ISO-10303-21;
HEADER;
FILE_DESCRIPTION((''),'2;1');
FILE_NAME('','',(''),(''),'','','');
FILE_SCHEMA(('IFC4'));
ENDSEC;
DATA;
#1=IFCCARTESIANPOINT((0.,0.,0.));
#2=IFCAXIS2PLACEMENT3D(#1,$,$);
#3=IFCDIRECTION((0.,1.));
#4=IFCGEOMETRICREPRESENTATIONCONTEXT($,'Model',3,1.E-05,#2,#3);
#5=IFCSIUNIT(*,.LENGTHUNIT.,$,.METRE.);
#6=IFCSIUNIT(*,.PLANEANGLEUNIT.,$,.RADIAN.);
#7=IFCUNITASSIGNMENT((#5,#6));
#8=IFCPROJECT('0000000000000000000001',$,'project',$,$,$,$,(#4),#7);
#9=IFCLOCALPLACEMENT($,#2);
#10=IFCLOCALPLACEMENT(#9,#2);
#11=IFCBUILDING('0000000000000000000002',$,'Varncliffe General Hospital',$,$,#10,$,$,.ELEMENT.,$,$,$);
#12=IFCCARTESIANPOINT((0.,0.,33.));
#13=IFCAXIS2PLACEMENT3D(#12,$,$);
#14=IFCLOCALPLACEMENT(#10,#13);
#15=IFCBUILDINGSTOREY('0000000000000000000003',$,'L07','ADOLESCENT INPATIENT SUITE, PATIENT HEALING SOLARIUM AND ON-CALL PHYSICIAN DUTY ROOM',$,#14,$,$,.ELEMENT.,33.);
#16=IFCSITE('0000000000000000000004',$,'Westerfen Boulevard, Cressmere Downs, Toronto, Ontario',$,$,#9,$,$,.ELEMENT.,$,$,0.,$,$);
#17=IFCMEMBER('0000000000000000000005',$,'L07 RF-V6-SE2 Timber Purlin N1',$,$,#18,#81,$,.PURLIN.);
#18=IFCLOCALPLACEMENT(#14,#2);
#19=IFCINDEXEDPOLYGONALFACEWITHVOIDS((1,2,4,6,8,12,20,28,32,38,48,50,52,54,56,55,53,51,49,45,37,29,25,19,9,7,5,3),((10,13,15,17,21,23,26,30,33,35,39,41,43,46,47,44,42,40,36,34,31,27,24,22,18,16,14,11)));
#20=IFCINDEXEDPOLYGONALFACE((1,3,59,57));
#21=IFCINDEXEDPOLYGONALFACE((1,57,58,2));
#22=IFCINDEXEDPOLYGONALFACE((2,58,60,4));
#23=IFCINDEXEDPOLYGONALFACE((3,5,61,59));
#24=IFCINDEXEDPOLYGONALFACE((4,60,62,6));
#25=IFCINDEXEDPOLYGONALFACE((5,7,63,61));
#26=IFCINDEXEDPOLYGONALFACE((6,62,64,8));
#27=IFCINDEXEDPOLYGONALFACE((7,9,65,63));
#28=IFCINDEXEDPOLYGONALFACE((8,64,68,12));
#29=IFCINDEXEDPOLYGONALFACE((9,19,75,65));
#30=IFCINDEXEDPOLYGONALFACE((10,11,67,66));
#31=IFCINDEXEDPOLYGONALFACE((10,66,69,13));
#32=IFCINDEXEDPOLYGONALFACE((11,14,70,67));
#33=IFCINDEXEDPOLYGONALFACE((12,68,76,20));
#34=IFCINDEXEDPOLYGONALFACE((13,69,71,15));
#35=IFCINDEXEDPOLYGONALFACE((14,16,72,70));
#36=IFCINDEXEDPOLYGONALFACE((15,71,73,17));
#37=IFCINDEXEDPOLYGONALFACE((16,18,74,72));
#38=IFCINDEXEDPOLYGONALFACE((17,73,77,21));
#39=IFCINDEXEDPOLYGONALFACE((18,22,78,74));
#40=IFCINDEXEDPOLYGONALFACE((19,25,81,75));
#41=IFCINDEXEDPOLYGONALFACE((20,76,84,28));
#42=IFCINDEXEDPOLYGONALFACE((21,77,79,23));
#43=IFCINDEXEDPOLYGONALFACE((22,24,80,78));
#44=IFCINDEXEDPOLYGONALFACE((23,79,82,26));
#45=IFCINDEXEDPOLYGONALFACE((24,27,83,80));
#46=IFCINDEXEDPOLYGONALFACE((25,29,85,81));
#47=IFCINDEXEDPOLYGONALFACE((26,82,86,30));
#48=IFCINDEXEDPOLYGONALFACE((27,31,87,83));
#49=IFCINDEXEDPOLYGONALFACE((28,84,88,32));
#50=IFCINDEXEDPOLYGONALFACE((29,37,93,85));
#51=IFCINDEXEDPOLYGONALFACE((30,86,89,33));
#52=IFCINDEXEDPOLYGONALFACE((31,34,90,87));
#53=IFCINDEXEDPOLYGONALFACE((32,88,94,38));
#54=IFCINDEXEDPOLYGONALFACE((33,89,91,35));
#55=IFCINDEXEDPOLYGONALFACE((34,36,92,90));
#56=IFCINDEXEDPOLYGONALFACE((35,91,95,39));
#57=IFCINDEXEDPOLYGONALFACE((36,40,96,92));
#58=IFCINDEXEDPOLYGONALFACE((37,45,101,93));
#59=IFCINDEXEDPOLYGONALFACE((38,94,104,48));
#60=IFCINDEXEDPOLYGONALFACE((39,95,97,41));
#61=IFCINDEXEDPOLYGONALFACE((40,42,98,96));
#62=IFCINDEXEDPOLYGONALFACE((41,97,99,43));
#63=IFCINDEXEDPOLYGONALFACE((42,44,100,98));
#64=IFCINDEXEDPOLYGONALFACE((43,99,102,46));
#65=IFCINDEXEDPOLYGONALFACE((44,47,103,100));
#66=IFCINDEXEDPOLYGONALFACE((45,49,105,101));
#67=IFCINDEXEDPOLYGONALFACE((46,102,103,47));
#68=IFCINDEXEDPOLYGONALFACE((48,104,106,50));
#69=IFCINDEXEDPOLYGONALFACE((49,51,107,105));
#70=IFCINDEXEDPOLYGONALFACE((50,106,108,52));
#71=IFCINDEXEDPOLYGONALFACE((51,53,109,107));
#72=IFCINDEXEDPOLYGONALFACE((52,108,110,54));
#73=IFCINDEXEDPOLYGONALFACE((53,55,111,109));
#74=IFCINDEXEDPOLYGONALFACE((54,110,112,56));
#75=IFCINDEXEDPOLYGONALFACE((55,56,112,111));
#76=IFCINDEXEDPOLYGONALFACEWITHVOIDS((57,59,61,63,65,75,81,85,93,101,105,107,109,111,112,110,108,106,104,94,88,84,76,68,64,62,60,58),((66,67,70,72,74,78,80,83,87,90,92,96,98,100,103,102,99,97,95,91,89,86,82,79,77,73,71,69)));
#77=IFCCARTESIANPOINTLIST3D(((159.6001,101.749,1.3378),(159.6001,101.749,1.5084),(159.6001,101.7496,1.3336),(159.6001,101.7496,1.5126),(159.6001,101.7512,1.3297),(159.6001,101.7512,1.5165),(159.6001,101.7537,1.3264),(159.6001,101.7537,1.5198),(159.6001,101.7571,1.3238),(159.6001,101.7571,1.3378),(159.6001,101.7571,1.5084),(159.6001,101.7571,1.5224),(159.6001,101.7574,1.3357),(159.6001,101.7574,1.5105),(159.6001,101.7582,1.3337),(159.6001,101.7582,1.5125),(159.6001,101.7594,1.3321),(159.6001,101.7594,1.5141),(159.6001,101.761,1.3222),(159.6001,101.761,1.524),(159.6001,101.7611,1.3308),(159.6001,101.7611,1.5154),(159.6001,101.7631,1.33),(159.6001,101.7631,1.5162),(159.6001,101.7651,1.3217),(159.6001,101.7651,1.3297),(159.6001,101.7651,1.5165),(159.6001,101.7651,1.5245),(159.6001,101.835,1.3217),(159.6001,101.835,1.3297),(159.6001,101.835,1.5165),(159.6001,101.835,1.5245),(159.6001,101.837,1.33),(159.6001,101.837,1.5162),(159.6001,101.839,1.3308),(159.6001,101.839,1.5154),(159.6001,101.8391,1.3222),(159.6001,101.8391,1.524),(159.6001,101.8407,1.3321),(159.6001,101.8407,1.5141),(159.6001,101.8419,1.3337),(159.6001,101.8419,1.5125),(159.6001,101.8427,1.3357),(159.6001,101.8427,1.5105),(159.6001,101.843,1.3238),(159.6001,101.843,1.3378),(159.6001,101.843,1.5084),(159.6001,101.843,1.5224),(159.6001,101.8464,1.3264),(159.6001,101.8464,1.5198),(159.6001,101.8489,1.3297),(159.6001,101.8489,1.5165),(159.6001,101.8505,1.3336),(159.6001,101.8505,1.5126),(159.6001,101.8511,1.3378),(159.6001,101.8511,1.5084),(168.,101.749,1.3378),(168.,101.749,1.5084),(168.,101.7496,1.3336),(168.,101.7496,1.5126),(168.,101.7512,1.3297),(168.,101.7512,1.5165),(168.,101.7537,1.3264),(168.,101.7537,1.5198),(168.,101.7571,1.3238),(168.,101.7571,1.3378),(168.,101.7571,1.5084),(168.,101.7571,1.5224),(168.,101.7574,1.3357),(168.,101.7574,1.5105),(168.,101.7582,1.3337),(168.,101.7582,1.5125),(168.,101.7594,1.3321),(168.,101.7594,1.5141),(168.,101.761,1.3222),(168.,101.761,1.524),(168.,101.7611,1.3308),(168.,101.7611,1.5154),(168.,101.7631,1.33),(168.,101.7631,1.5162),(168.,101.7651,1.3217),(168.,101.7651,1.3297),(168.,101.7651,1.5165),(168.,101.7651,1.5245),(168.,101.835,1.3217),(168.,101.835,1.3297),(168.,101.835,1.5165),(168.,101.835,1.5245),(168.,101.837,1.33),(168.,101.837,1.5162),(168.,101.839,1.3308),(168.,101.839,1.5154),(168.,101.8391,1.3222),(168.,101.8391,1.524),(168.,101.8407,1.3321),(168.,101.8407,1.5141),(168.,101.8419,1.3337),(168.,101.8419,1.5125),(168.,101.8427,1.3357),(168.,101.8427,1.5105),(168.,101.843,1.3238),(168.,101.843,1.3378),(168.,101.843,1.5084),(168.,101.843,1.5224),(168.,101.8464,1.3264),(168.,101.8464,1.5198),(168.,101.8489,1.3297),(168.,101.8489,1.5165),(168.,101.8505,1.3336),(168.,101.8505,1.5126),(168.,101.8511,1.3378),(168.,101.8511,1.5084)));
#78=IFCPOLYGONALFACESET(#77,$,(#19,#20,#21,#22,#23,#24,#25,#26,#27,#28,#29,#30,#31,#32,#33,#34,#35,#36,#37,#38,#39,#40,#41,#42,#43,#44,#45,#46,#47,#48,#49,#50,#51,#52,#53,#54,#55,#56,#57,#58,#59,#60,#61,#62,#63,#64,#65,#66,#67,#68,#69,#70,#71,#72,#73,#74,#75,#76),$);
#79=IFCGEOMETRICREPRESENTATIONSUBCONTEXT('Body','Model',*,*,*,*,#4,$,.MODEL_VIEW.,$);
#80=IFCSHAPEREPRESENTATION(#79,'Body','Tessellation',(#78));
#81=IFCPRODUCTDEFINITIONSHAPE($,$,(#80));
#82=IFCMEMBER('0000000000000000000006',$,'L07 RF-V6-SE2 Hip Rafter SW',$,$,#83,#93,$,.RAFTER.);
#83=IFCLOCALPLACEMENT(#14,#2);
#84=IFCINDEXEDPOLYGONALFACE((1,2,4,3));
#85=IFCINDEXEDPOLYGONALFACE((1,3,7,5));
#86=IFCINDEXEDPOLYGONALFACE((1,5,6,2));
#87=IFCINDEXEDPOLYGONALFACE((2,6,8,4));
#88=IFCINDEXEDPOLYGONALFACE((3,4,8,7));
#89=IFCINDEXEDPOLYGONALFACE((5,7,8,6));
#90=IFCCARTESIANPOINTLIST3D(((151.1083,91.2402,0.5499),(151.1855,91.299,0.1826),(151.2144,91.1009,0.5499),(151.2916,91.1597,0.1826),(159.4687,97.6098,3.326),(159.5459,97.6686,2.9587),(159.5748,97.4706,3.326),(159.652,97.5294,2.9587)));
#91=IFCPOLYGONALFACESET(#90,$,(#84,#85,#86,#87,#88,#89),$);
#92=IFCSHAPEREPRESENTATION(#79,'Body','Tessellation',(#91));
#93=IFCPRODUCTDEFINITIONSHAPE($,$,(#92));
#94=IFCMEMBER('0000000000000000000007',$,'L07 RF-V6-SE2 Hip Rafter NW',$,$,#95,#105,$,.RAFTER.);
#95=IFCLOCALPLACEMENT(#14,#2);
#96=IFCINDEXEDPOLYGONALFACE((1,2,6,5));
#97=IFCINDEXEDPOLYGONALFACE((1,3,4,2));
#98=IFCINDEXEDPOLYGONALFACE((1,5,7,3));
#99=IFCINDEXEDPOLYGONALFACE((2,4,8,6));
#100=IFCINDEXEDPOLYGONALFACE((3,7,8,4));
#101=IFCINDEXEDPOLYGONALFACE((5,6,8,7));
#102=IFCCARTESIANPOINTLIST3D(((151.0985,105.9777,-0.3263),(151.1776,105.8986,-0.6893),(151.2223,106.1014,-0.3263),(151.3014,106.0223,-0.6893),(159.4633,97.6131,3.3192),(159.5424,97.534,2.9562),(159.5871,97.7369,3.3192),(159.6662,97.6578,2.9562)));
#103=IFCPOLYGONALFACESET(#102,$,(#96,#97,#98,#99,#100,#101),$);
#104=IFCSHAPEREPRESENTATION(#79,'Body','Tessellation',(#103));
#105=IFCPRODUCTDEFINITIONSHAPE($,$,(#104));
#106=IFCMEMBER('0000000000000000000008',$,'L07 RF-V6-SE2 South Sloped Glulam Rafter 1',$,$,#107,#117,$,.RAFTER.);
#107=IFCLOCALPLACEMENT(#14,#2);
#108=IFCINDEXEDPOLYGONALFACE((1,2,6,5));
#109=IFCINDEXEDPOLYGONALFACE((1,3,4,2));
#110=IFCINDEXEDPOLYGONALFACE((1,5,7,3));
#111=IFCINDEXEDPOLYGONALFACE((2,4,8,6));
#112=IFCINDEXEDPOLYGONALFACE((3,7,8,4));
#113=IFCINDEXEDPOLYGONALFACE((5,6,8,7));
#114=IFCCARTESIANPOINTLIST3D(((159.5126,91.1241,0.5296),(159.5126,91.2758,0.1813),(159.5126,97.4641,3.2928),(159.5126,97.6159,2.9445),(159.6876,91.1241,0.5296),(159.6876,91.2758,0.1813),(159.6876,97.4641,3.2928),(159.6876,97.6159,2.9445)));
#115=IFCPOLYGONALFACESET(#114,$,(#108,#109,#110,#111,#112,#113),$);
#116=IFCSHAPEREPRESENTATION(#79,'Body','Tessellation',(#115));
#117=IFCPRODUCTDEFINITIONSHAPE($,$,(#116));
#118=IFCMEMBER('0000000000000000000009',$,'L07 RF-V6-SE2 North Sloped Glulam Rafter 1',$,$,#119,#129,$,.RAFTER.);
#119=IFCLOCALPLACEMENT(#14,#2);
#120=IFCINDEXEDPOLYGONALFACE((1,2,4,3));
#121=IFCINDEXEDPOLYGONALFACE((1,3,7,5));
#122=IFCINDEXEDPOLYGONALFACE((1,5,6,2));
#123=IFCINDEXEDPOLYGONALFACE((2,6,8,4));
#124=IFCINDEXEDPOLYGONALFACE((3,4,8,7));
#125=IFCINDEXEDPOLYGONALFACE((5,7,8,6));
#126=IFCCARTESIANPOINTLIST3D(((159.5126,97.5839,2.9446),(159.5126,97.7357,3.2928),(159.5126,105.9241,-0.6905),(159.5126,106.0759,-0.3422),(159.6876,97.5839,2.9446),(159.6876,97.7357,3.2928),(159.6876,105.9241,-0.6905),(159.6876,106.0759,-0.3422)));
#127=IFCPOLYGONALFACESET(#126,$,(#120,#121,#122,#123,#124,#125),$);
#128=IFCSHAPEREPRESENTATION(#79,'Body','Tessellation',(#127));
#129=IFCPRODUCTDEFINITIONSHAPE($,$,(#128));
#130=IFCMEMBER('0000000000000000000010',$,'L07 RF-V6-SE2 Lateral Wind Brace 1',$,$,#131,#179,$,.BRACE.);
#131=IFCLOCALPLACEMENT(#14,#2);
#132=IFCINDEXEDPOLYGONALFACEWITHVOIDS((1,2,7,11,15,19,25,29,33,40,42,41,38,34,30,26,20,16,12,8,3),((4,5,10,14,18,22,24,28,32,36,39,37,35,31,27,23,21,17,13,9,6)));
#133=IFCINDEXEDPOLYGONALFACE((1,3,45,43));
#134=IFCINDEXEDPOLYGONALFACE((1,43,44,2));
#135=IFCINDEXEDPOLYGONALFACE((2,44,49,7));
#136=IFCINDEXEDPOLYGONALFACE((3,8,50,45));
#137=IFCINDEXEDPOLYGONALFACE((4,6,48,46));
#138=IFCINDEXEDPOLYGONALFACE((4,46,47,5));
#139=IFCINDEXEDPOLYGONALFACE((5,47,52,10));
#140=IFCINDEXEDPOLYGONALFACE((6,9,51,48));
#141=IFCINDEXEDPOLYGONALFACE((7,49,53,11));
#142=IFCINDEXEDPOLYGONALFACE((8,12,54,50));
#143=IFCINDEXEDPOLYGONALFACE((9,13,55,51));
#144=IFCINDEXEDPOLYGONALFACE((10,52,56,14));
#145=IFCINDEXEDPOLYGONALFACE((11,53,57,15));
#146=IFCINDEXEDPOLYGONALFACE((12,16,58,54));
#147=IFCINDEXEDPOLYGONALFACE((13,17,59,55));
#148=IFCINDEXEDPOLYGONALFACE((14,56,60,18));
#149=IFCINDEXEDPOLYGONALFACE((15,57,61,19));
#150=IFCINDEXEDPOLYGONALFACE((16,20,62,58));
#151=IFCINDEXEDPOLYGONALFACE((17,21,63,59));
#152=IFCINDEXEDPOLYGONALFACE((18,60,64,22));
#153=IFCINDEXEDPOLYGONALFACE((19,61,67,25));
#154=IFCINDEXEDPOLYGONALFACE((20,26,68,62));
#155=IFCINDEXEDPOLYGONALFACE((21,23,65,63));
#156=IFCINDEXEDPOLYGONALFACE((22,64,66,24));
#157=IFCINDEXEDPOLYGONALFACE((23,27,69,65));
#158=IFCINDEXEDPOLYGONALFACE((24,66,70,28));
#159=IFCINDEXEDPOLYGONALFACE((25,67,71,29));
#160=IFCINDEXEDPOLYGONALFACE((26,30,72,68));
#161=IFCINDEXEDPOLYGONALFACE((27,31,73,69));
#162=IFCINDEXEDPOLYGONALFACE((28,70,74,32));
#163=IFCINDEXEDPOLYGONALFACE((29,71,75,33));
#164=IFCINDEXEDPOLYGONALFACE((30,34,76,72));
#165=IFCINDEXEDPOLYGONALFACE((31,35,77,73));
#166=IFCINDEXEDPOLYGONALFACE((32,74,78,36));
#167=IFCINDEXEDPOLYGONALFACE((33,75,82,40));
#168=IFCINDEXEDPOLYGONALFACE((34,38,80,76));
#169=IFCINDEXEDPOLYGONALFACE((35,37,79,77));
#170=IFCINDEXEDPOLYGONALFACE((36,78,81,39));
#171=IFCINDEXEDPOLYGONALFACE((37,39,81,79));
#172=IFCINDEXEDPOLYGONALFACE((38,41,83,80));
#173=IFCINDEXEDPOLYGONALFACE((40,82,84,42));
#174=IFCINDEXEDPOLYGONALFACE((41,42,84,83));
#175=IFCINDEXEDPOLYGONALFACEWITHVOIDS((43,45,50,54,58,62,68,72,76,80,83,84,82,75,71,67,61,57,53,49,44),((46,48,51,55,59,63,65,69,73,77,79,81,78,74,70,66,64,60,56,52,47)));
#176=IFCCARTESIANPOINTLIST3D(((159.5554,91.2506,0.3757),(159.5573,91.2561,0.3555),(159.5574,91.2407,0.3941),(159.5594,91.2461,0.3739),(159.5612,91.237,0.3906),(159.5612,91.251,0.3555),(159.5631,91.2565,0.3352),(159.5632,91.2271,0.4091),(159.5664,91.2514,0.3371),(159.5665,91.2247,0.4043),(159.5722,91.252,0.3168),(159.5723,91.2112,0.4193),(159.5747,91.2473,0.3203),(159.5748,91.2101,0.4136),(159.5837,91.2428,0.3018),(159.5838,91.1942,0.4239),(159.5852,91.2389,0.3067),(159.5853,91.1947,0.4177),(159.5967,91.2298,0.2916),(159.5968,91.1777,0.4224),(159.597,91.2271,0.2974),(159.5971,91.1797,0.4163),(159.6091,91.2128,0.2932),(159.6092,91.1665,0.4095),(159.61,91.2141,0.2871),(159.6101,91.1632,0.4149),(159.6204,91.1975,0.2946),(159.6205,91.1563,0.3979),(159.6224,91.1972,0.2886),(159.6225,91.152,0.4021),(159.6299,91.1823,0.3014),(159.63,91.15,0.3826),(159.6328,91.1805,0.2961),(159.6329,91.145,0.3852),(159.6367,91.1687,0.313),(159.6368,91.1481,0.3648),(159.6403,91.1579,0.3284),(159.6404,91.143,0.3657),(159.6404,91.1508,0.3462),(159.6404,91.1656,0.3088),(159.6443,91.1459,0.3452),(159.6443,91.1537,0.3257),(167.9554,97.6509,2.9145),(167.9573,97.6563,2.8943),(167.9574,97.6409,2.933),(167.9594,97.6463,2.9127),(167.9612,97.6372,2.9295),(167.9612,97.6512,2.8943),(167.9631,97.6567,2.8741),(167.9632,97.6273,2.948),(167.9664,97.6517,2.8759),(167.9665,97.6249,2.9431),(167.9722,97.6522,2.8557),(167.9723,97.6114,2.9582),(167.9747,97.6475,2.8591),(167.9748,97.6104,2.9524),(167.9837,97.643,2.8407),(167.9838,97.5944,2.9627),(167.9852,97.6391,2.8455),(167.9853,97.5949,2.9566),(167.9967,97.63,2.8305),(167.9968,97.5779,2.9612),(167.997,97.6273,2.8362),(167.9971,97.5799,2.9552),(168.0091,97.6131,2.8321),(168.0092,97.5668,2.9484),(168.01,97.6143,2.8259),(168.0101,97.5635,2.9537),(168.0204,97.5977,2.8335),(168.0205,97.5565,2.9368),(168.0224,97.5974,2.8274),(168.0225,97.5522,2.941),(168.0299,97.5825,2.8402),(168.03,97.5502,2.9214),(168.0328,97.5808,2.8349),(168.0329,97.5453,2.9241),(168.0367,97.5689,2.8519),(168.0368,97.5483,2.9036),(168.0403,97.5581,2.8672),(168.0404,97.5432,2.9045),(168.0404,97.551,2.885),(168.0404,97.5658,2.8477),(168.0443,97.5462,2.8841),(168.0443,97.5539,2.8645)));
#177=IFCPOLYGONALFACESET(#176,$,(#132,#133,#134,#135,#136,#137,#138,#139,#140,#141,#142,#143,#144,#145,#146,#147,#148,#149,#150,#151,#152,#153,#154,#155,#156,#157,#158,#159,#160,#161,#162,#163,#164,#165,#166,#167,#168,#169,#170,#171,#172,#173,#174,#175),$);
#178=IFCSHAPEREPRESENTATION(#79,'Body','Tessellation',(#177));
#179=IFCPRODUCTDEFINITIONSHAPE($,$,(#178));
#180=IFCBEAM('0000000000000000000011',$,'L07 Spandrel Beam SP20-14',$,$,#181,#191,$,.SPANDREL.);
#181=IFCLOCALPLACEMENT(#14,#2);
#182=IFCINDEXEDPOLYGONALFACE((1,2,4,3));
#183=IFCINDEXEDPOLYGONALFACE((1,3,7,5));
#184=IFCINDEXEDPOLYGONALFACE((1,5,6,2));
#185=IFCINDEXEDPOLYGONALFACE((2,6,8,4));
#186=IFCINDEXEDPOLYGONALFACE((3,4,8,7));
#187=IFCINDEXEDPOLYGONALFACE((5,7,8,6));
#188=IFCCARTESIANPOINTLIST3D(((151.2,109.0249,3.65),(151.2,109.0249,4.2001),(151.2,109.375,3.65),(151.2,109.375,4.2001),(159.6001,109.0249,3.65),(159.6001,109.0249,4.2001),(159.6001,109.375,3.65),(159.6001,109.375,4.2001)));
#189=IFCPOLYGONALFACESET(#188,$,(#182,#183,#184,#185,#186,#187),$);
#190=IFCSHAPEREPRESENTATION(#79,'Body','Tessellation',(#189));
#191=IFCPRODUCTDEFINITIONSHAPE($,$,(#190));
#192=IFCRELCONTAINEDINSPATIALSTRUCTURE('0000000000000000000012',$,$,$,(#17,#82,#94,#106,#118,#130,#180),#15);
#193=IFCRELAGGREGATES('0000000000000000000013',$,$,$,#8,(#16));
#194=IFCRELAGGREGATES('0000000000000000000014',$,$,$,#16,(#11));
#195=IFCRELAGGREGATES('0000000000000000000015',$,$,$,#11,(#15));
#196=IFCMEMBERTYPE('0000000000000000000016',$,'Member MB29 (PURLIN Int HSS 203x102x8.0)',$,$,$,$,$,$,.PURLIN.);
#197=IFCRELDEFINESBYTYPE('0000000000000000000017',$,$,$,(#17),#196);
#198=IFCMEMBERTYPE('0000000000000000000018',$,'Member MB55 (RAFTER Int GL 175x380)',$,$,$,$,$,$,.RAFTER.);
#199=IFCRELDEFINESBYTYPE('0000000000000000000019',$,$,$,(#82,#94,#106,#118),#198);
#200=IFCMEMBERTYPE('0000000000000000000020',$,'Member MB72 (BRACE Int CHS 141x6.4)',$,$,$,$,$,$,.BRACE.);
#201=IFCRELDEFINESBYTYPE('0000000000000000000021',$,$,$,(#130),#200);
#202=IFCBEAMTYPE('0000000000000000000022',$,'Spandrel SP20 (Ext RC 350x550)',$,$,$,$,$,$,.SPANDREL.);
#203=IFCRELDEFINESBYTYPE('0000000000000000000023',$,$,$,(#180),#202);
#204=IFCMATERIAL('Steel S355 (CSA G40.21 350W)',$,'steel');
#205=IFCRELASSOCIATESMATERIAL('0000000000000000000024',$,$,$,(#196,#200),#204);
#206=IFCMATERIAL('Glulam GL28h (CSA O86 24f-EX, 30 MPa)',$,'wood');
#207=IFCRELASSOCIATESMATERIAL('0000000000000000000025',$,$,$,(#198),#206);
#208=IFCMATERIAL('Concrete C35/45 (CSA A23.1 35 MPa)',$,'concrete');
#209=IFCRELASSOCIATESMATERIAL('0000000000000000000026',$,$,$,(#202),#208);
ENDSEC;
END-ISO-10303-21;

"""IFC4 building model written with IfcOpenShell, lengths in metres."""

from ifc_helpers import new_model, si_unit, direction, frame, origin, origin_2d, place, context, subcontext, project, spatial, rectangle, hollow_rectangle, hollow_circle, extrude, material, material_profile, profile_set, type_object, element, save


model = new_model("IFC4")

# Units and contexts
model_context = context("Model", 3, precision=1e-05, world=origin(), true_north=direction((0.0, 1.0)))
body_context = subcontext(model_context, "Body", "Model", "MODEL_VIEW")
ifc_project = project(units=[si_unit("LENGTHUNIT", "METRE"), si_unit("PLANEANGLEUNIT", "RADIAN")], contexts=[model_context])

# Site, building, storey
site_placement = place(None, origin())
site = spatial("IfcSite", under=ifc_project, at=site_placement, Name="Westerfen Boulevard, Cressmere Downs, Toronto, Ontario", CompositionType="ELEMENT", RefElevation=0.0)
building_placement = place(site_placement, origin())
building = spatial("IfcBuilding", under=site, at=building_placement, Name="Varncliffe General Hospital", CompositionType="ELEMENT")
storey_placement = place(building_placement, frame((0.0, 0.0, 33.0)))
storey = spatial("IfcBuildingStorey", under=building, at=storey_placement, Name="L07", Description="ADOLESCENT INPATIENT SUITE, PATIENT HEALING SOLARIUM AND ON-CALL PHYSICIAN DUTY ROOM", CompositionType="ELEMENT", Elevation=33.0)

# Shared definitions
ifc_material_1 = material(Name="Concrete C35/45 (CSA A23.1 35 MPa)", Category="concrete")
ifc_material_2 = material(Name="Glulam GL28h (CSA O86 24f-EX, 30 MPa)", Category="wood")

# Members
ifc_material_3 = material(Name="Steel S355 (CSA G40.21 350W)", Category="steel")
ifc_material_profile_1 = material_profile(ifc_material_3, hollow_rectangle(XDim=0.1021, YDim=0.2029, WallThickness=0.0081, InnerFilletRadius=0.0081, OuterFilletRadius=0.0161, at=origin_2d()), Name="HSS 203x102x8.0")
ifc_profile_set_1 = profile_set([ifc_material_profile_1], Name="Steel S355 (CSA G40.21 350W)")
member_type_1 = type_object("IfcMemberType", Name="Member MB29 (PURLIN Int HSS 203x102x8.0)", PredefinedType="PURLIN", material=ifc_profile_set_1)
for number, where, z_axis, x_axis, name in (
    (1, (159.6001, 101.8, 1.4231), (1.0, 0.0, 0.0), (0.0, 1.0, 0.0), "L07 RF-V6-SE2 Timber Purlin N1"),
):
    element("IfcMember", number, at=place(storey_placement, frame(where, z_axis=z_axis, x_axis=x_axis)), inside=storey, type_object=member_type_1, Name=name, PredefinedType="PURLIN", context=body_context, shape_type="SweptSolid", body=[
        extrude(hollow_rectangle(XDim=0.1021, YDim=0.2029, WallThickness=0.0081, InnerFilletRadius=0.0081, OuterFilletRadius=0.0161, at=origin_2d()), origin(), (0.0, 0.0, 1.0), 8.3999),
    ])
ifc_material_profile_2 = material_profile(ifc_material_2, rectangle(XDim=0.175, YDim=0.3799, at=origin_2d()), Name="GL 175x380")
ifc_profile_set_2 = profile_set([ifc_material_profile_2], Name="Glulam GL28h (CSA O86 24f-EX, 30 MPa)")
member_type_2 = type_object("IfcMemberType", Name="Member MB55 (RAFTER Int GL 175x380)", PredefinedType="RAFTER", material=ifc_profile_set_2)
member_1_placement = place(storey_placement, frame((151.2, 91.2, 0.3662), z_axis=(0.769064, 0.585939, 0.255374), x_axis=(-0.606033, 0.795439, 0.0)))
element("IfcMember", 2, at=member_1_placement, inside=storey, type_object=member_type_2, Name="L07 RF-V6-SE2 Hip Rafter SW", PredefinedType="RAFTER", context=body_context, shape_type="SweptSolid", body=[
    extrude(rectangle(XDim=0.175, YDim=0.3799, at=origin_2d()), origin(), (0.0, 0.0, 1.0), 10.8708),
])
member_2_placement = place(storey_placement, frame((151.2, 106.0, -0.5078), z_axis=(0.675756, -0.675736, 0.294507), x_axis=(0.707096, 0.707117, 0.0)))
element("IfcMember", 3, at=member_2_placement, inside=storey, type_object=member_type_2, Name="L07 RF-V6-SE2 Hip Rafter NW", PredefinedType="RAFTER", context=body_context, shape_type="SweptSolid", body=[
    extrude(rectangle(XDim=0.175, YDim=0.3799, at=origin_2d()), origin(), (0.0, 0.0, 1.0), 12.3784),
])
member_3_placement = place(storey_placement, frame((159.6001, 91.2, 0.3555), z_axis=(0.0, 0.91672, 0.399531), x_axis=(-1.0, 0.0, 0.0)))
element("IfcMember", 4, at=member_3_placement, inside=storey, type_object=member_type_2, Name="L07 RF-V6-SE2 South Sloped Glulam Rafter 1", PredefinedType="RAFTER", context=body_context, shape_type="SweptSolid", body=[
    extrude(rectangle(XDim=0.175, YDim=0.3799, at=origin_2d()), origin(), (0.0, 0.0, 1.0), 6.916),
])
member_4_placement = place(storey_placement, frame((159.6001, 106.0, -0.5164), z_axis=(0.0, -0.916713, 0.399547), x_axis=(1.0, 0.0, 0.0)))
element("IfcMember", 5, at=member_4_placement, inside=storey, type_object=member_type_2, Name="L07 RF-V6-SE2 North Sloped Glulam Rafter 1", PredefinedType="RAFTER", context=body_context, shape_type="SweptSolid", body=[
    extrude(rectangle(XDim=0.175, YDim=0.3799, at=origin_2d()), origin(), (0.0, 0.0, 1.0), 9.0979),
])
ifc_material_profile_3 = material_profile(ifc_material_3, hollow_circle(Radius=0.0706, WallThickness=0.0063, at=origin_2d()), Name="CHS 141x6.4")
ifc_profile_set_3 = profile_set([ifc_material_profile_3], Name="Steel S355 (CSA G40.21 350W)")
member_type_3 = type_object("IfcMemberType", Name="Member MB72 (BRACE Int CHS 141x6.4)", PredefinedType="BRACE", material=ifc_profile_set_3)
member_5_placement = place(storey_placement, frame((159.6001, 91.2, 0.3555), z_axis=(0.773386, 0.589267, 0.233751), x_axis=(-0.606056, 0.795422, 0.0)))
element("IfcMember", 6, at=member_5_placement, inside=storey, type_object=member_type_3, Name="L07 RF-V6-SE2 Lateral Wind Brace 1", PredefinedType="BRACE", context=body_context, shape_type="SweptSolid", body=[
    extrude(hollow_circle(Radius=0.0706, WallThickness=0.0063, at=origin_2d()), origin(), (0.0, 0.0, 1.0), 10.8613),
])

# Beam
ifc_material_profile_4 = material_profile(ifc_material_1, rectangle(XDim=0.3501, YDim=0.55, at=origin_2d()), Name="RC 350x550")
ifc_profile_set_4 = profile_set([ifc_material_profile_4], Name="Concrete C35/45 (CSA A23.1 35 MPa)")
beam_type_1 = type_object("IfcBeamType", Name="Spandrel SP20 (Ext RC 350x550)", PredefinedType="SPANDREL", material=ifc_profile_set_4)
beam_1_placement = place(storey_placement, frame((151.2, 109.2, 3.925), z_axis=(1.0, 0.0, 0.0), x_axis=(0.0, 1.0, 0.0)))
element("IfcBeam", 7, at=beam_1_placement, inside=storey, type_object=beam_type_1, Name="L07 Spandrel Beam SP20-14", PredefinedType="SPANDREL", context=body_context, shape_type="SweptSolid", body=[
    extrude(rectangle(XDim=0.3501, YDim=0.55, at=origin_2d()), origin(), (0.0, 0.0, 1.0), 8.4001),
])

save(model, "model.ifc")
